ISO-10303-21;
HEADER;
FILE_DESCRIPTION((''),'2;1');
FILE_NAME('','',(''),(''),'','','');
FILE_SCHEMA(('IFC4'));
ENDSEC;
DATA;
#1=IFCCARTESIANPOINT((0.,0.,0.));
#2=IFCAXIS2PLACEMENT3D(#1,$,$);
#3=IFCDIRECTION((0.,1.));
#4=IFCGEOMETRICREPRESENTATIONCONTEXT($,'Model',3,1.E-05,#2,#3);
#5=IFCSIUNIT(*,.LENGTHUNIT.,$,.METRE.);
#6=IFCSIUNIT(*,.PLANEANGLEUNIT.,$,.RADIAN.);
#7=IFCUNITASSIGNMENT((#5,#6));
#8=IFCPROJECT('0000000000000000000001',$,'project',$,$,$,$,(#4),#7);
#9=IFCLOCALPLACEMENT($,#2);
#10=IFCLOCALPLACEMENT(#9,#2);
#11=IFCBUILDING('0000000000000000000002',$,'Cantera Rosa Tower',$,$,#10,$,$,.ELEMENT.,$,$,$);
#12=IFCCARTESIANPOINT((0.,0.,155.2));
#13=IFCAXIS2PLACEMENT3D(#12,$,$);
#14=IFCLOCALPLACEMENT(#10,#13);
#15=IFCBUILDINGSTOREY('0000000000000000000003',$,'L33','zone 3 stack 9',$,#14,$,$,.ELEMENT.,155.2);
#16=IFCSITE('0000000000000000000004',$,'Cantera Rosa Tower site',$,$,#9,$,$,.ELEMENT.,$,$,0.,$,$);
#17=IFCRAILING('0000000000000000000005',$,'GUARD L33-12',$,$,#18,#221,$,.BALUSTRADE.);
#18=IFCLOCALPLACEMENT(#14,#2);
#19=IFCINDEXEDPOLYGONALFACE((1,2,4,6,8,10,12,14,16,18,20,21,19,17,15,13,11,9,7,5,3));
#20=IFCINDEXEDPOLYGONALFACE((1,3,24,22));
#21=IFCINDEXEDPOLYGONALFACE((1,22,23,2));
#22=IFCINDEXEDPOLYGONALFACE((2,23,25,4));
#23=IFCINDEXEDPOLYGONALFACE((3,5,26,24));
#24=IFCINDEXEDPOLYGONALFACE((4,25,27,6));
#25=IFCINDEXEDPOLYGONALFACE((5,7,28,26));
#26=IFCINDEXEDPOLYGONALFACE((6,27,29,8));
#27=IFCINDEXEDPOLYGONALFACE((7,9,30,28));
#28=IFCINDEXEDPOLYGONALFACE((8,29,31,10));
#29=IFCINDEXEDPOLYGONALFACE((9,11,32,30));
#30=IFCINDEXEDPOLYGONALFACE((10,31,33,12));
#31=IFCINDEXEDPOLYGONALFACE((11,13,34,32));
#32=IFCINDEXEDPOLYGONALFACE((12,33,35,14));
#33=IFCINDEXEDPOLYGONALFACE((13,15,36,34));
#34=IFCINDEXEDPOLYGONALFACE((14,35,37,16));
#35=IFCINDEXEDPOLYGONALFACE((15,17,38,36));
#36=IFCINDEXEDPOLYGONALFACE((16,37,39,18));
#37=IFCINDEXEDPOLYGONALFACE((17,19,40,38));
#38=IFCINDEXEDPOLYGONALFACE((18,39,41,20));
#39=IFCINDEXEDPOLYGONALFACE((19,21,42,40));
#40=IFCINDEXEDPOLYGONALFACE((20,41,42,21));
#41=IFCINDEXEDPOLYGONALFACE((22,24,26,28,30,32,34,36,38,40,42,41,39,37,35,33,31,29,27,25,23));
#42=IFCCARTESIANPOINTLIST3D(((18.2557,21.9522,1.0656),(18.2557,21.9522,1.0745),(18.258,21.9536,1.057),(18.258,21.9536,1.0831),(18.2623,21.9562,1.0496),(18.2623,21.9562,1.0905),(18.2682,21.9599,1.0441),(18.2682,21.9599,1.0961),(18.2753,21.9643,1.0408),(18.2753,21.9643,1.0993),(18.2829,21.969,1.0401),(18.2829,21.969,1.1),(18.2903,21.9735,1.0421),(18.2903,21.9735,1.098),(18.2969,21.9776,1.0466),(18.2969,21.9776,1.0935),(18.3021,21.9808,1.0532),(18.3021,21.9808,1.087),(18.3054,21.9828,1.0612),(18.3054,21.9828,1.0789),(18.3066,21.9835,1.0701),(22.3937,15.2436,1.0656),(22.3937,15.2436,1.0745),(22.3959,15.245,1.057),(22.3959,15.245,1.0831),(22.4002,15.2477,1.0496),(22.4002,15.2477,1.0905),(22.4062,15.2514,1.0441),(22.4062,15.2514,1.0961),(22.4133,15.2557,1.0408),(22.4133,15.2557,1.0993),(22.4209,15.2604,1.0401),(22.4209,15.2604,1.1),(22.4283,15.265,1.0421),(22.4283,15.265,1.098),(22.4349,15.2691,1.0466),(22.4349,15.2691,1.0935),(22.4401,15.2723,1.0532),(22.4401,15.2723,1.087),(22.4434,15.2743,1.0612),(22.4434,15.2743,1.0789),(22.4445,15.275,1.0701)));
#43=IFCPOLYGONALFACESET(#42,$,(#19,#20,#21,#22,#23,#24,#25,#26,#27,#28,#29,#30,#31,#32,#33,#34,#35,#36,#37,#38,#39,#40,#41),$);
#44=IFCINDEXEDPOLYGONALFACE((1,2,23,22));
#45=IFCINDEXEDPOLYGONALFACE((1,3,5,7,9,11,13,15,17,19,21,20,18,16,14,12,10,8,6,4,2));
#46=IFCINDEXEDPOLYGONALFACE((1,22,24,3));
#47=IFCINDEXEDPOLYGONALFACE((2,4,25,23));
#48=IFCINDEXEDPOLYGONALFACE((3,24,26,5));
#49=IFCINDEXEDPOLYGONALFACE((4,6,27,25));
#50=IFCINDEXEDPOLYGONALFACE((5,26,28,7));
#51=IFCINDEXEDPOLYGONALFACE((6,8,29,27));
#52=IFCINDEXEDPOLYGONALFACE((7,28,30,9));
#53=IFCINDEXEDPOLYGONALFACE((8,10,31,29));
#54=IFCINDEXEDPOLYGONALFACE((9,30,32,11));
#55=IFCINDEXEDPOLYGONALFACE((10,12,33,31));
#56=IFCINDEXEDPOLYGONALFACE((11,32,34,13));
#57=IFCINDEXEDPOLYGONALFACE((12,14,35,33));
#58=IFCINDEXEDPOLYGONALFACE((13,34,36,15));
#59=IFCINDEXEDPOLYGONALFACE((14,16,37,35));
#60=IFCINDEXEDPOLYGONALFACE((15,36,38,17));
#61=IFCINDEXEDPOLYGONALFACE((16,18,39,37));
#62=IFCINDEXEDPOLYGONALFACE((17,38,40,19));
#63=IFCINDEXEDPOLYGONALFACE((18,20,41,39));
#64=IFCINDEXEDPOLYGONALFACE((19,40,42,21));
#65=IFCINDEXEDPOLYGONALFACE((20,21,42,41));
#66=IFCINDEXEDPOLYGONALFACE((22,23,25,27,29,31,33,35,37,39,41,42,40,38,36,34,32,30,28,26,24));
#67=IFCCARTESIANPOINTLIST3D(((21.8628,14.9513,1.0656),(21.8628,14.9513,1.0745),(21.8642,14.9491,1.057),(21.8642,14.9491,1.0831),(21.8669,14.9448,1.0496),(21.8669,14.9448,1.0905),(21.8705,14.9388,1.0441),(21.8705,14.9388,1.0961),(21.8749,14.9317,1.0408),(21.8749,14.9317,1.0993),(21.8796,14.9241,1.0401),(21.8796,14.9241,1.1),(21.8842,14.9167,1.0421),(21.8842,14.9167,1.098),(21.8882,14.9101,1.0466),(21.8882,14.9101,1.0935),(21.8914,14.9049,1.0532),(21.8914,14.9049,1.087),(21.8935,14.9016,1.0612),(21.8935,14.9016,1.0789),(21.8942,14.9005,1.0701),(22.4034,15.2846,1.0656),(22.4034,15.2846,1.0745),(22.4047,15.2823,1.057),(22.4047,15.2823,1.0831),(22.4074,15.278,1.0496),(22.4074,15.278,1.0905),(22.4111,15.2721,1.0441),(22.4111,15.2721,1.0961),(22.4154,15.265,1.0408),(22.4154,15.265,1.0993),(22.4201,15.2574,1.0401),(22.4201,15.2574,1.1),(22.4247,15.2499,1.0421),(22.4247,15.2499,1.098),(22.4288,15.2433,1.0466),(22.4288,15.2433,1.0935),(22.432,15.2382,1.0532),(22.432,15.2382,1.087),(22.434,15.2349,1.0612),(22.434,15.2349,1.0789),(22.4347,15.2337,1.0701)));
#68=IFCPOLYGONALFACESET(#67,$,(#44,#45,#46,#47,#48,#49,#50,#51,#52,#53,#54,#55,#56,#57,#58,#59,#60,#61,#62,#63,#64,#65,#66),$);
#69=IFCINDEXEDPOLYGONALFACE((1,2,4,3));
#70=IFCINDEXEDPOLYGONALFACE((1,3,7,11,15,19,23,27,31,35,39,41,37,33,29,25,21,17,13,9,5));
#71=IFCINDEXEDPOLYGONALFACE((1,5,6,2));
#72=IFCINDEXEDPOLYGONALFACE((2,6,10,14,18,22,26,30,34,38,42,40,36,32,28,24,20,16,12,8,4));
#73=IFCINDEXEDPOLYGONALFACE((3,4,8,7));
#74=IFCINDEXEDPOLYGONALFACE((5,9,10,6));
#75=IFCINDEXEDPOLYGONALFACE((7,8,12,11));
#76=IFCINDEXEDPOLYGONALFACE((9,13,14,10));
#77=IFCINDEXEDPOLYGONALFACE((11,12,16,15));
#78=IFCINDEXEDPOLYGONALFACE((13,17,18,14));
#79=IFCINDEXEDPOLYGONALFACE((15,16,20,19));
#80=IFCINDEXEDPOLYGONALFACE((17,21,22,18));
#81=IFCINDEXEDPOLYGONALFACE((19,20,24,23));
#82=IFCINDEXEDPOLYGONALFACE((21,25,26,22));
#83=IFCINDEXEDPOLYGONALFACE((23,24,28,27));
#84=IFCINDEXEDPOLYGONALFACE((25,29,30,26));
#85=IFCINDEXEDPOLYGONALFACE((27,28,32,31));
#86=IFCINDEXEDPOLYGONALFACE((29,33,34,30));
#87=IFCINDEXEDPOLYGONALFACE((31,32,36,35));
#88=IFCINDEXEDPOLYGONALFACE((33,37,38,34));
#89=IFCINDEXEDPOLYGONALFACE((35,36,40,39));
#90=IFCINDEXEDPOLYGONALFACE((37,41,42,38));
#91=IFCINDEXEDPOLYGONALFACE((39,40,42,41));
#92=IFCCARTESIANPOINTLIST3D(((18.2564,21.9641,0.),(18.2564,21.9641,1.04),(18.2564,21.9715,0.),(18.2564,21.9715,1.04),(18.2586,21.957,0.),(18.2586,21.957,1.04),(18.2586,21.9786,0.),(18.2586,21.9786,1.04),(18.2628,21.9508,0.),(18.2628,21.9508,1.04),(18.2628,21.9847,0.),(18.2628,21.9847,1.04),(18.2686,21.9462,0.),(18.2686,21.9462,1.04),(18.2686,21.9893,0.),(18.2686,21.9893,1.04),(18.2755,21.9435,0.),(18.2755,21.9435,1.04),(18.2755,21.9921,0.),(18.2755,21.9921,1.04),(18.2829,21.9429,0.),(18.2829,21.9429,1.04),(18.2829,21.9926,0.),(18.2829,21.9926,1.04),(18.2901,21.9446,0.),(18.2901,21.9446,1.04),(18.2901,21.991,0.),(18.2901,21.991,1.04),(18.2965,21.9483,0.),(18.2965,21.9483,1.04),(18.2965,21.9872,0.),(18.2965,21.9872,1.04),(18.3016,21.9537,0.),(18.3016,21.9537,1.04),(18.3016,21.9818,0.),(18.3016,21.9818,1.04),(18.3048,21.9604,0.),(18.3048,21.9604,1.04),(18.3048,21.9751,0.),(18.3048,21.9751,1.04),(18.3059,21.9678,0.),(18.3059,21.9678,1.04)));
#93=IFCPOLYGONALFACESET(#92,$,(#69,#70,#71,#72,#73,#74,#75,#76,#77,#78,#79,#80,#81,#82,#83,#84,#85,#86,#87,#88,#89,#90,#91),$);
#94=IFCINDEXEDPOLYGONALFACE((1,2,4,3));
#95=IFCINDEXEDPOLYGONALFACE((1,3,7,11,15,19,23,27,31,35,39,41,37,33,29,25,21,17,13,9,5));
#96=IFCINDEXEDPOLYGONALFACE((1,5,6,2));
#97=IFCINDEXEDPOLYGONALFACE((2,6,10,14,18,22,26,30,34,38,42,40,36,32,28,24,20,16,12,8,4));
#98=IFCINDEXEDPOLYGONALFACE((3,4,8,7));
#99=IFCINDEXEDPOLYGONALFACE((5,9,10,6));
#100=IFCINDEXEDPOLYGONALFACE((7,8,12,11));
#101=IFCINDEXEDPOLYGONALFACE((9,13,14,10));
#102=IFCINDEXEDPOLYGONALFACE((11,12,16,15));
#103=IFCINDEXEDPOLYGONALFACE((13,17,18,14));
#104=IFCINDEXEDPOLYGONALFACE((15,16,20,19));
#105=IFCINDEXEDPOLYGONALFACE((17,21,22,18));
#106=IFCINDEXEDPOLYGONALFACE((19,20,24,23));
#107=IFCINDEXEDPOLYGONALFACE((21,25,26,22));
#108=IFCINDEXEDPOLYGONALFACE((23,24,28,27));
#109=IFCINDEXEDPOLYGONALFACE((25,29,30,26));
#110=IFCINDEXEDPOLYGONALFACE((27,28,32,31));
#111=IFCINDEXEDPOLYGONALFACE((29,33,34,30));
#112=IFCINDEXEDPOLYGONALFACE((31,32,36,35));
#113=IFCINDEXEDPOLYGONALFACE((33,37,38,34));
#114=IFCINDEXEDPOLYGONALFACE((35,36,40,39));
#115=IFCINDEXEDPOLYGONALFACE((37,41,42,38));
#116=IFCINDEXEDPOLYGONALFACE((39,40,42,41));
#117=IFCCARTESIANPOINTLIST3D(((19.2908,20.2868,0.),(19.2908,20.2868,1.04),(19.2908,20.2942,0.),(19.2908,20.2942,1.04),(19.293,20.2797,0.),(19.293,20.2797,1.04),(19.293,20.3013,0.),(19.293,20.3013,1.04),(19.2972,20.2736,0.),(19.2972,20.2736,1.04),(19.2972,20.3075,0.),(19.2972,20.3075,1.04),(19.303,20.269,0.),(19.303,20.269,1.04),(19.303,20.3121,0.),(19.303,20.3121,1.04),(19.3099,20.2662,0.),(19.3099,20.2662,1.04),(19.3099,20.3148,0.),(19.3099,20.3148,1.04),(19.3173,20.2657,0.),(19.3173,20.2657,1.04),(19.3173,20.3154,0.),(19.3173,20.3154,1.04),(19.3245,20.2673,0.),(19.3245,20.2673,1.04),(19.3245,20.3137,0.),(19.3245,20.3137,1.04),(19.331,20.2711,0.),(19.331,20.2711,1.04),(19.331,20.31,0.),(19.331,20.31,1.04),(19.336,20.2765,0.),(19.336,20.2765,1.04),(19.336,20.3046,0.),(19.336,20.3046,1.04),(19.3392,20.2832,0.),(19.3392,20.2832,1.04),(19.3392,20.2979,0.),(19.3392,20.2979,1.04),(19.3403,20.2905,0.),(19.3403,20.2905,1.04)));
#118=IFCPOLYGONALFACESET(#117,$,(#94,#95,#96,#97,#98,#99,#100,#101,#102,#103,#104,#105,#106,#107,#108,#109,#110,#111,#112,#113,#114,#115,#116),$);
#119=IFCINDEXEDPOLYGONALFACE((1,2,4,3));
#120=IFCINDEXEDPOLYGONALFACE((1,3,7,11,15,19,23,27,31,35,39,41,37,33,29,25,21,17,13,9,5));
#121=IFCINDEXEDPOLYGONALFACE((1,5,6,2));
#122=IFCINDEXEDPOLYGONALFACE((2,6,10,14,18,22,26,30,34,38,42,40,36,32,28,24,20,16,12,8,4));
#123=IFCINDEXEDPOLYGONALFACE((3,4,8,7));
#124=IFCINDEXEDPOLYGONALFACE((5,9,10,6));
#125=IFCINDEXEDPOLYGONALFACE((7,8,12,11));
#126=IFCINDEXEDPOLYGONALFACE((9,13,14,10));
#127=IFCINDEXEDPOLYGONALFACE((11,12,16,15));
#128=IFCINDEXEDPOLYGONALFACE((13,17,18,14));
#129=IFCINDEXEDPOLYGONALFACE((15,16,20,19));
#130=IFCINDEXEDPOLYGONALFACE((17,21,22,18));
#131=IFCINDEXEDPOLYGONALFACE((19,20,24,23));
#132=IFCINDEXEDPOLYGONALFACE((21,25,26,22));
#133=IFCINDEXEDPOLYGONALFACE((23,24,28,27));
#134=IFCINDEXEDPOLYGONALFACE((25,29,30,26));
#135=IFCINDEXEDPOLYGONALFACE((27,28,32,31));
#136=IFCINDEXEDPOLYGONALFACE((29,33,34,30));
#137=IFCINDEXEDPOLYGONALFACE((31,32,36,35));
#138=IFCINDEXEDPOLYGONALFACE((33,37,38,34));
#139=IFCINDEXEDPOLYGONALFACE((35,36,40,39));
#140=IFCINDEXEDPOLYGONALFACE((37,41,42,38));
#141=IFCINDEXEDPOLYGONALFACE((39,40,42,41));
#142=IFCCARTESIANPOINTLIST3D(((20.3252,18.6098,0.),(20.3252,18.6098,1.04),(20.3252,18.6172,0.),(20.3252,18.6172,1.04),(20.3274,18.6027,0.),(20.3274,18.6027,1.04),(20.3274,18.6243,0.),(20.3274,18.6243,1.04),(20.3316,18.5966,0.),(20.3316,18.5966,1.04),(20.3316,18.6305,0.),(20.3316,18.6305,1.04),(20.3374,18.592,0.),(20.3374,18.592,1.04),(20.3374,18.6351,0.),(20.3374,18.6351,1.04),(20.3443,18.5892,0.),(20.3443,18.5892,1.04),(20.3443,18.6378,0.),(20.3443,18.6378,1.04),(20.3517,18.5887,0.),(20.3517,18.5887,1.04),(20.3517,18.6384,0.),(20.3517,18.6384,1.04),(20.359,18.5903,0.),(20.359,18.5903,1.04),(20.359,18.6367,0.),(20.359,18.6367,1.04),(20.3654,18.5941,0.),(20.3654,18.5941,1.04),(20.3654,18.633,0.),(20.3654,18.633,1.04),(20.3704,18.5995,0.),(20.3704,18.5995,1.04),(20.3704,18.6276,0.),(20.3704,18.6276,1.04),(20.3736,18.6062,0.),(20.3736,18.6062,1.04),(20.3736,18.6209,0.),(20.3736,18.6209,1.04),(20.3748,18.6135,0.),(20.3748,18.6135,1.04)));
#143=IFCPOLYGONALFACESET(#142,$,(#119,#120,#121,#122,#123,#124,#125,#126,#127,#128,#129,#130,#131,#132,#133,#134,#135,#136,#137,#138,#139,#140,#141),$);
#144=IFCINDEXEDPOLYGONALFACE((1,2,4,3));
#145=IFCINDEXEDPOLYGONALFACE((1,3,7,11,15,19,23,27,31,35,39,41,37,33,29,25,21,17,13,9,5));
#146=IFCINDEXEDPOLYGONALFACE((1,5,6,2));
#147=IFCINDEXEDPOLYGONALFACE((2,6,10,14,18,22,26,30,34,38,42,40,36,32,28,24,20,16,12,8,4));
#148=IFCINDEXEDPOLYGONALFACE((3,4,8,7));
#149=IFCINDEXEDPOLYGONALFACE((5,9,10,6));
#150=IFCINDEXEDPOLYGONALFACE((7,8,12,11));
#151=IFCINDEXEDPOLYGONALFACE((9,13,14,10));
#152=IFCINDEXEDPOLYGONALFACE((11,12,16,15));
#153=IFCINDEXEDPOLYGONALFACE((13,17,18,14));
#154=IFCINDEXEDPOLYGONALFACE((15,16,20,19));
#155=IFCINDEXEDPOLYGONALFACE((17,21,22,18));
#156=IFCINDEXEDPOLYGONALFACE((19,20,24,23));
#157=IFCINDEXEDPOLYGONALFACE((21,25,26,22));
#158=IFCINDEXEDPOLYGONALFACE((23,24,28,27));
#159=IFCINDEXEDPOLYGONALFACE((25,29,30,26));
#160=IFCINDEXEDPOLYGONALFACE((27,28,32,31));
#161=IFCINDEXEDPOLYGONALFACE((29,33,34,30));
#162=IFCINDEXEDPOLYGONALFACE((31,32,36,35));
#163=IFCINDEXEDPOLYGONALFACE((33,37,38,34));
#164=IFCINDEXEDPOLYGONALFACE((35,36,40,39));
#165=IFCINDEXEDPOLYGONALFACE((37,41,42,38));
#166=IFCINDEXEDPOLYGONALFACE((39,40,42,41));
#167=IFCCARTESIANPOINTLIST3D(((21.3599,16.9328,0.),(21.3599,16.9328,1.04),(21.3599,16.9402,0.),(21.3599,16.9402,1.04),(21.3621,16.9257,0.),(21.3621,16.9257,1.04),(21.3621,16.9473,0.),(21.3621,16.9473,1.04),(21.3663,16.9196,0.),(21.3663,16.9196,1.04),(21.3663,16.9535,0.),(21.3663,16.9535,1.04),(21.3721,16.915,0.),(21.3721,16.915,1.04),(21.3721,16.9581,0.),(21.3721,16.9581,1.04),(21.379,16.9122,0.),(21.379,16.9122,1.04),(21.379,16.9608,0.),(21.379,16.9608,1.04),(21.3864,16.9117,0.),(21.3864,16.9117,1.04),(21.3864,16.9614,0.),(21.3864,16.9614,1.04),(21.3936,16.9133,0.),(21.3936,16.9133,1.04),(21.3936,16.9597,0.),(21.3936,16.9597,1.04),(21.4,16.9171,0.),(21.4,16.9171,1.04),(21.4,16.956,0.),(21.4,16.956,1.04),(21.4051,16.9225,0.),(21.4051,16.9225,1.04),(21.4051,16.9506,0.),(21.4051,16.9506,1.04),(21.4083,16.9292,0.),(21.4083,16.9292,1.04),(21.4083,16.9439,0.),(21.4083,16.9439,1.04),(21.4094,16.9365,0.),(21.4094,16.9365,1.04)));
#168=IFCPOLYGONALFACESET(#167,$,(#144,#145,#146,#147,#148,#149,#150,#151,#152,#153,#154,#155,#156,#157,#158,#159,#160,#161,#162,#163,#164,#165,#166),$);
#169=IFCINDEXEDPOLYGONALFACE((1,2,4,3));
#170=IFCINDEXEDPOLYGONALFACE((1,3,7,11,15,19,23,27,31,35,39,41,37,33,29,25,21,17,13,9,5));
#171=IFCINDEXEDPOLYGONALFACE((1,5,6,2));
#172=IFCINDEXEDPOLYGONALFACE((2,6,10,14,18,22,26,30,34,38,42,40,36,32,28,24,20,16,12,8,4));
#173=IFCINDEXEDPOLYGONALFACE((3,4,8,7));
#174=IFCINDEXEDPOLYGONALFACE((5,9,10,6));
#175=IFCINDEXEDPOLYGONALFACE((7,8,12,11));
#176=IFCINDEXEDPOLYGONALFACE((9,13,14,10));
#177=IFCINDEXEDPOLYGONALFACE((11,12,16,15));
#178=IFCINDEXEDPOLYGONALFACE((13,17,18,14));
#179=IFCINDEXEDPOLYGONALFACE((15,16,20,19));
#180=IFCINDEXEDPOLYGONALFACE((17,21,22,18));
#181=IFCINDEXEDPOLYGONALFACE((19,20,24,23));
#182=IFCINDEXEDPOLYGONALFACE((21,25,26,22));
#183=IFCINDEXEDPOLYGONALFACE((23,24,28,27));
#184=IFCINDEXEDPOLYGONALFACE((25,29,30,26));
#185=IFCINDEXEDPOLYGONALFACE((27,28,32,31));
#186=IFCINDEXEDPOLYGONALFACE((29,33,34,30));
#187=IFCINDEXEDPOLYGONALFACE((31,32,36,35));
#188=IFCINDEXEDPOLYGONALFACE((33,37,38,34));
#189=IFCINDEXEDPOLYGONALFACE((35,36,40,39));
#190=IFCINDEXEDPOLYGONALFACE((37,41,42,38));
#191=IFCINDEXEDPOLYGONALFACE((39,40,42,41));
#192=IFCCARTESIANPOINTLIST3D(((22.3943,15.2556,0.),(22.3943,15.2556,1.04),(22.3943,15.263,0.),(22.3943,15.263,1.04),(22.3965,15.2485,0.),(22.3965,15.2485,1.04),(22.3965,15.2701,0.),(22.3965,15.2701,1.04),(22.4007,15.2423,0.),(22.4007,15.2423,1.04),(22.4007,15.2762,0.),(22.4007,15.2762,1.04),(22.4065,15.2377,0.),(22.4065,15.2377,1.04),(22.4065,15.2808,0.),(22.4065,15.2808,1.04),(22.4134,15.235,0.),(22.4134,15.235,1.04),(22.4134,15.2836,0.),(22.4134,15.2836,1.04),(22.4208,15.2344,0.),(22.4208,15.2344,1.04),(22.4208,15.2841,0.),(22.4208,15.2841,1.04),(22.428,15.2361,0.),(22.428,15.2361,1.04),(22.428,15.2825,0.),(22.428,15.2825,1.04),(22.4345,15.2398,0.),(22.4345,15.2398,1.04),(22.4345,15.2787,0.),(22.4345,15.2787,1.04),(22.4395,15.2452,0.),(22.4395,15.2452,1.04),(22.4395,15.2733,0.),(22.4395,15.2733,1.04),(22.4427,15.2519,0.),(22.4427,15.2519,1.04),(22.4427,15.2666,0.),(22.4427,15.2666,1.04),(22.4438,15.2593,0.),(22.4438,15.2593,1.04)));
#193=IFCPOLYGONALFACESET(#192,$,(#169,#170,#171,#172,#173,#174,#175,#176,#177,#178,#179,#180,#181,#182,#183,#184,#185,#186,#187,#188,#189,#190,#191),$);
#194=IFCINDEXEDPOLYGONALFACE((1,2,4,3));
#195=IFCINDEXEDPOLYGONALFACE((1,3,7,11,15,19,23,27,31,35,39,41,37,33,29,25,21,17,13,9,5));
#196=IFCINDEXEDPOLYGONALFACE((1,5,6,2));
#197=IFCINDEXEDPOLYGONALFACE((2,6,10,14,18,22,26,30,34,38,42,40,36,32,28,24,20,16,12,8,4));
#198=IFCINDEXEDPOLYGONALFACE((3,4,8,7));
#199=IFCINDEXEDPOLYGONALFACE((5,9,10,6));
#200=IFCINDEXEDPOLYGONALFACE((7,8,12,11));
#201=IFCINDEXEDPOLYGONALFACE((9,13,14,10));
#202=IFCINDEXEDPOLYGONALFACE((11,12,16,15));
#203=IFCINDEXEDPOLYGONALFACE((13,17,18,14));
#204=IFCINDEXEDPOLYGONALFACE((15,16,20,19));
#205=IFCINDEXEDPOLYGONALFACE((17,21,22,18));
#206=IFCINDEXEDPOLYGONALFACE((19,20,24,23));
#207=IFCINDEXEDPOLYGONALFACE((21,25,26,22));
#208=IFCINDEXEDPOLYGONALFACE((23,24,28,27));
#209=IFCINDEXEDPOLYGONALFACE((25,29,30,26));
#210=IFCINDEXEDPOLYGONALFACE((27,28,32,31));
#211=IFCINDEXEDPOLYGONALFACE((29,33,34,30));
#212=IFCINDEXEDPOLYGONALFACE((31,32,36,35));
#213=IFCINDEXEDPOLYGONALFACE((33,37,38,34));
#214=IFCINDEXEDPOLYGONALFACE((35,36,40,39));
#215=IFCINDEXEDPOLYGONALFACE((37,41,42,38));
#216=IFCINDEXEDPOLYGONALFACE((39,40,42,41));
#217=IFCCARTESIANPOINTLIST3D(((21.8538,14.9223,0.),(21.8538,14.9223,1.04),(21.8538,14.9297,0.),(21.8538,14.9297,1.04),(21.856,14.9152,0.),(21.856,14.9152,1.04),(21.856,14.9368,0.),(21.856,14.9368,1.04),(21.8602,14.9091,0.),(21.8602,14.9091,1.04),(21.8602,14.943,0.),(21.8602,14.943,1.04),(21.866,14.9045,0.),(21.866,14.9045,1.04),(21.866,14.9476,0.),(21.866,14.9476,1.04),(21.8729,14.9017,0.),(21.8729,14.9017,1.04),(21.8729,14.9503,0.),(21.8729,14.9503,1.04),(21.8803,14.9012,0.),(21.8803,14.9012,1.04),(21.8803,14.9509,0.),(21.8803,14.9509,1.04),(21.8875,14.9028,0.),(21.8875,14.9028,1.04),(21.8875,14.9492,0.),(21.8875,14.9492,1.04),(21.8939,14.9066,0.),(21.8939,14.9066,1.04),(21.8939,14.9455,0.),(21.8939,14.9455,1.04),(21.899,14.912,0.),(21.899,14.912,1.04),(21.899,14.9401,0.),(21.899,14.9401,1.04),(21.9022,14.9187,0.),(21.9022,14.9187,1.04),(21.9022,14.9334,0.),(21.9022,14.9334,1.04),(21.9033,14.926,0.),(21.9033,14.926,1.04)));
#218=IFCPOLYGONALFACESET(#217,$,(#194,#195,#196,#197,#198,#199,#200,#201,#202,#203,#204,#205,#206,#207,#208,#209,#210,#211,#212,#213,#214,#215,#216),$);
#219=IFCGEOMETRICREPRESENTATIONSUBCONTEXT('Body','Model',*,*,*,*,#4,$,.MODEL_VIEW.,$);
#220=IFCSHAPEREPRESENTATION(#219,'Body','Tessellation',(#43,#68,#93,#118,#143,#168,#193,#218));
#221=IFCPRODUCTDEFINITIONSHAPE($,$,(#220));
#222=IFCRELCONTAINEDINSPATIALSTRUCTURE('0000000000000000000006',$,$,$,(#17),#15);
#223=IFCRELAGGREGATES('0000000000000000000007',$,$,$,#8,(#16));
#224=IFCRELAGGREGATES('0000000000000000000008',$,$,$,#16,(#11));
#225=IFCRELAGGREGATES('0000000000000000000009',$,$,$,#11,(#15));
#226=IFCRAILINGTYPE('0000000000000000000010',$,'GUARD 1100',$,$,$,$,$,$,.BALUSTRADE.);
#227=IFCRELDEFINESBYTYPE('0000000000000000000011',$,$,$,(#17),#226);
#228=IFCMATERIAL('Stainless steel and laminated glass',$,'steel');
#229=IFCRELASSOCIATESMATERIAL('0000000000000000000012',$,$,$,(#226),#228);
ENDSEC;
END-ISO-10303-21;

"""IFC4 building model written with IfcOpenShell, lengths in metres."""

from ifc_helpers import new_model, si_unit, direction, frame, origin, origin_2d, place, context, subcontext, project, spatial, circle, extrude, material, type_object, element, save


model = new_model("IFC4")

# Units and contexts
model_context = context("Model", 3, precision=1e-05, world=origin(), true_north=direction((0.0, 1.0)))
body_context = subcontext(model_context, "Body", "Model", "MODEL_VIEW")
ifc_project = project(units=[si_unit("LENGTHUNIT", "METRE"), si_unit("PLANEANGLEUNIT", "RADIAN")], contexts=[model_context])

# Site, building, storey
site_placement = place(None, origin())
site = spatial("IfcSite", under=ifc_project, at=site_placement, Name="Cantera Rosa Tower site", CompositionType="ELEMENT", RefElevation=0.0)
building_placement = place(site_placement, origin())
building = spatial("IfcBuilding", under=site, at=building_placement, Name="Cantera Rosa Tower", CompositionType="ELEMENT")
storey_placement = place(building_placement, frame((0.0, 0.0, 155.2)))
storey = spatial("IfcBuildingStorey", under=building, at=storey_placement, Name="L33", Description="zone 3 stack 9", CompositionType="ELEMENT", Elevation=155.2)

# Railing
ifc_material_1 = material(Name="Stainless steel and laminated glass", Category="steel")
railing_type = type_object("IfcRailingType", Name="GUARD 1100", PredefinedType="BALUSTRADE", material=ifc_material_1)
railing_1_placement = place(storey_placement, frame((18.281, 21.9678, 0.0)))
element("IfcRailing", 1, at=railing_1_placement, inside=storey, type_object=railing_type, Name="GUARD L33-12", PredefinedType="BALUSTRADE", context=body_context, shape_type="SweptSolid", body=[
    extrude(circle(Radius=0.03, at=origin_2d()), frame((0.0, 0.0, 1.0701), z_axis=(0.524984, -0.851112, 0.0), x_axis=(0.851112, 0.524984, 0.0)), (0.0, 0.0, 1.0), 7.8821),
    extrude(circle(Radius=0.03, at=origin_2d()), frame((4.1379, -6.7085, 1.0701), z_axis=(-0.851222, -0.524805, 0.0), x_axis=(0.524805, -0.851222, 0.0)), (0.0, 0.0, 1.0), 0.635),
    extrude(circle(Radius=0.0249, at=origin_2d()), origin(), (0.0, 0.0, 1.0), 1.04),
    extrude(circle(Radius=0.0249, at=origin_2d()), frame((1.0344, -1.6772, 0.0)), (0.0, 0.0, 1.0), 1.04),
    extrude(circle(Radius=0.0249, at=origin_2d()), frame((2.0688, -3.3542, 0.0)), (0.0, 0.0, 1.0), 1.04),
    extrude(circle(Radius=0.0249, at=origin_2d()), frame((3.1035, -5.0312, 0.0)), (0.0, 0.0, 1.0), 1.04),
    extrude(circle(Radius=0.0249, at=origin_2d()), frame((4.1379, -6.7085, 0.0)), (0.0, 0.0, 1.0), 1.04),
    extrude(circle(Radius=0.0249, at=origin_2d()), frame((3.5974, -7.0417, 0.0)), (0.0, 0.0, 1.0), 1.04),
])

save(model, "model.ifc")
